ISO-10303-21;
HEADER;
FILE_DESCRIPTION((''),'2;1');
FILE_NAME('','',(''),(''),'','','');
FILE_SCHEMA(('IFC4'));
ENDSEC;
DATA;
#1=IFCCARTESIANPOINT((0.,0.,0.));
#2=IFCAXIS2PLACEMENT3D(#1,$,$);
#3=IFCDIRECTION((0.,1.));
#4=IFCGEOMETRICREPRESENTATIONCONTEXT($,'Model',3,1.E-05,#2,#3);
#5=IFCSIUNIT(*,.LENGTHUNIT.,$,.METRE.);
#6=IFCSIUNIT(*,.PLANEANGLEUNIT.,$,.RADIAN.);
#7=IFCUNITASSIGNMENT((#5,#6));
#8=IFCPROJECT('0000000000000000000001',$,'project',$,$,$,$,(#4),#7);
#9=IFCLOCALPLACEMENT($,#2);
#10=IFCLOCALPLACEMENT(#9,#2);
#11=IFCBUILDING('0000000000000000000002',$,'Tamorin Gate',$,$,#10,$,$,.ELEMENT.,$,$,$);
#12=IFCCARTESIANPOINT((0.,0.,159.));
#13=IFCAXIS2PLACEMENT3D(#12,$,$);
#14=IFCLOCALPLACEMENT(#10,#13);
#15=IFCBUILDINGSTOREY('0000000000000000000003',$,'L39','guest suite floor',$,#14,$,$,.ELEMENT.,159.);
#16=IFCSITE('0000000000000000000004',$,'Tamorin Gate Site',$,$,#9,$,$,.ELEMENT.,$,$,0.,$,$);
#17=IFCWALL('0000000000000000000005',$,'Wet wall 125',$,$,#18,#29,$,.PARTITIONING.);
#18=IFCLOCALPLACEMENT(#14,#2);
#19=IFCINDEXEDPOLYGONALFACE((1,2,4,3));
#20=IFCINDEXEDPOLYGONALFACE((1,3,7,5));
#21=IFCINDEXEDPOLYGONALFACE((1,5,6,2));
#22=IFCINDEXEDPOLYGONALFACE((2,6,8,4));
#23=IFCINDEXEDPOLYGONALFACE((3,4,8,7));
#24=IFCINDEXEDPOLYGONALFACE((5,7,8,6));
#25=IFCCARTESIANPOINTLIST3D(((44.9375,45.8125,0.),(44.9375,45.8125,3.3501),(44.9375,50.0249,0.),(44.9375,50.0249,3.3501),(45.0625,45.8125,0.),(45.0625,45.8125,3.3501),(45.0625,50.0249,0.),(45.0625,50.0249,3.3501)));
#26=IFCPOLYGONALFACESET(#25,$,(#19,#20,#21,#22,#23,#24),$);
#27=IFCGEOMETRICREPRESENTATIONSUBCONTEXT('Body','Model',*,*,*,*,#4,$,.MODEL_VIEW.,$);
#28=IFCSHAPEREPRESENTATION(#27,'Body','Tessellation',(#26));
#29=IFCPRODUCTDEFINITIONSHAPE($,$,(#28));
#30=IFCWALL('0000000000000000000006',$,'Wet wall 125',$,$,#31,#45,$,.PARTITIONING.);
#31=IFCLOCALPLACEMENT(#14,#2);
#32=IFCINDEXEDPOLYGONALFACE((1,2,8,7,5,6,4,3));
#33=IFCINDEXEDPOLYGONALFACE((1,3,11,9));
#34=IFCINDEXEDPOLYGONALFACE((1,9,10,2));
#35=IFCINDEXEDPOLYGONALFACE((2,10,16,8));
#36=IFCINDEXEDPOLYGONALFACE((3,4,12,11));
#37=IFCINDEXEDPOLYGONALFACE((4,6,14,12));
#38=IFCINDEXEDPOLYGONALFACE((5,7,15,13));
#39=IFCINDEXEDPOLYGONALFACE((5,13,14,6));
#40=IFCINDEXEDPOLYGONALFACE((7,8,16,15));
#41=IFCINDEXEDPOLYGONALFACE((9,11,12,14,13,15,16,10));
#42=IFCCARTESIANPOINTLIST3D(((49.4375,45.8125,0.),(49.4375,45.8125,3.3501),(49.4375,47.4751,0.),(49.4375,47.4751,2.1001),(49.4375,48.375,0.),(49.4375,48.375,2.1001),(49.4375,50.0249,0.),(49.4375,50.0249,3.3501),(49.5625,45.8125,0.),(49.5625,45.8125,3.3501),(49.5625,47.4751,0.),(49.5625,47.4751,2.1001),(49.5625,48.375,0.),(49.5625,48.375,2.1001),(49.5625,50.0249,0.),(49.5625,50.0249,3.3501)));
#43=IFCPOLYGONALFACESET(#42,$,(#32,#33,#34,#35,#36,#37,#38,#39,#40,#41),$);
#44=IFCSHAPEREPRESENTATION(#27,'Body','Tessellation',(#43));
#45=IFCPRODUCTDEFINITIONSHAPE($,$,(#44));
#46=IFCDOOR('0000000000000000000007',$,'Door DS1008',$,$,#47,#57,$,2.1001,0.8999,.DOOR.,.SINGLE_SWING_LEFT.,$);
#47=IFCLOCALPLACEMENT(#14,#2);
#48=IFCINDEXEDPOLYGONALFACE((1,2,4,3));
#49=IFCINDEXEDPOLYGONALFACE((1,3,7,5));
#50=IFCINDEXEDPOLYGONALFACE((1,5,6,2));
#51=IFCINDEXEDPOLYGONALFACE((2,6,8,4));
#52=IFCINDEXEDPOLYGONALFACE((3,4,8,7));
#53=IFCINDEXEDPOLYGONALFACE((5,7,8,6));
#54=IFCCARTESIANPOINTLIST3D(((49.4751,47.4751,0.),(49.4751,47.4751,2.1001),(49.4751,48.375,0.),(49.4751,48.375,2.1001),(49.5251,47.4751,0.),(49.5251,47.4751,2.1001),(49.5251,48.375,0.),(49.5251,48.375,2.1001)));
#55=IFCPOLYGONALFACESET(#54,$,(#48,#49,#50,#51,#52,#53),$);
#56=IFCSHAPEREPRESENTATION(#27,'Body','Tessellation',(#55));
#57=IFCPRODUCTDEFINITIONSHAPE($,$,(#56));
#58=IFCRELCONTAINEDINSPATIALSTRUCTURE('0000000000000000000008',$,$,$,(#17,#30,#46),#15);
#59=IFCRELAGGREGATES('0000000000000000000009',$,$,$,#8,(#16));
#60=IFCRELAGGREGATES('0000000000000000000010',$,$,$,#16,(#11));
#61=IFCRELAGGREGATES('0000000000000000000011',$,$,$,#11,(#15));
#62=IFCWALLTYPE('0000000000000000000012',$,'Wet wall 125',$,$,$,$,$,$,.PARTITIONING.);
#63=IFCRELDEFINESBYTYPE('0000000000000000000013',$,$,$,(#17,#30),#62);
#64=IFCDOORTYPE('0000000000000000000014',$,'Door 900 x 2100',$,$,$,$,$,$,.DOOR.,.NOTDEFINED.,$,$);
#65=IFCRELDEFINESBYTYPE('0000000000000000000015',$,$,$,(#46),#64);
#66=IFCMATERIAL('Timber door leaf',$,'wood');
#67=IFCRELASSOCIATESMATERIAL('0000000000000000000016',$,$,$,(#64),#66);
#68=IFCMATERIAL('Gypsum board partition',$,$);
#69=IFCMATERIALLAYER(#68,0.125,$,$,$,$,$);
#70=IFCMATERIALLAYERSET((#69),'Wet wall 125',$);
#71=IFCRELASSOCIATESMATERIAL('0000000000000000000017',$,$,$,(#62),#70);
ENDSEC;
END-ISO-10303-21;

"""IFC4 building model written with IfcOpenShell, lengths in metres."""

from ifc_helpers import new_model, si_unit, direction, frame, frame_2d, origin, place, context, subcontext, project, spatial, rectangle, extrude, material, layer, layer_set, type_object, element, fill, save


model = new_model("IFC4")

# Units and contexts
model_context = context("Model", 3, precision=1e-05, world=origin(), true_north=direction((0.0, 1.0)))
body_context = subcontext(model_context, "Body", "Model", "MODEL_VIEW")
ifc_project = project(units=[si_unit("LENGTHUNIT", "METRE"), si_unit("PLANEANGLEUNIT", "RADIAN")], contexts=[model_context])

# Site, building, storey
site_placement = place(None, origin())
site = spatial("IfcSite", under=ifc_project, at=site_placement, Name="Tamorin Gate Site", CompositionType="ELEMENT", RefElevation=0.0)
building_placement = place(site_placement, origin())
building = spatial("IfcBuilding", under=site, at=building_placement, Name="Tamorin Gate", CompositionType="ELEMENT")
storey_placement = place(building_placement, frame((0.0, 0.0, 159.0)))
storey = spatial("IfcBuildingStorey", under=building, at=storey_placement, Name="L39", Description="guest suite floor", CompositionType="ELEMENT", Elevation=159.0)

# Shared definitions
ifc_material_1 = material(Name="Gypsum board partition")

# Shared definitions
ifc_material_2 = material(Name="Timber door leaf", Category="wood")
door_type = type_object("IfcDoorType", Name="Door 900 x 2100", OperationType="NOTDEFINED", PredefinedType="DOOR", material=ifc_material_2)

# Shared definitions
ifc_layer_1 = layer(ifc_material_1, 0.125)
ifc_layer_set_1 = layer_set([ifc_layer_1], Name="Wet wall 125")
wall_type_1 = type_object("IfcWallType", Name="Wet wall 125", PredefinedType="PARTITIONING", material=ifc_layer_set_1)

# Wall
wall_1_placement = place(storey_placement, frame((45.0, 45.8125, 0.0), z_axis=(0.0, 0.0, 1.0), x_axis=(0.0, 1.0, 0.0)))
element("IfcWall", 1, at=wall_1_placement, inside=storey, type_object=wall_type_1, Name="Wet wall 125", PredefinedType="PARTITIONING", context=body_context, shape_type="SweptSolid", body=[
    extrude(rectangle(XDim=4.2124, YDim=0.125, at=frame_2d((2.1062, 0.0))), origin(), (0.0, 0.0, 1.0), 3.3501),
])

# Wall, opening, door
wall_2_placement = place(storey_placement, frame((49.5, 45.8125, 0.0), z_axis=(0.0, 0.0, 1.0), x_axis=(0.0, 1.0, 0.0)))
wall_2 = element("IfcWall", 2, at=wall_2_placement, inside=storey, type_object=wall_type_1, Name="Wet wall 125", PredefinedType="PARTITIONING", context=body_context, shape_type="SweptSolid", body=[
    extrude(rectangle(XDim=4.2124, YDim=0.125, at=frame_2d((2.1062, 0.0))), origin(), (0.0, 0.0, 1.0), 3.3501),
])
opening_1_placement = place(wall_2_placement, frame((1.6626, 0.0, 0.0)))
opening_1 = element("IfcOpeningElement", 3, at=opening_1_placement, cuts=wall_2, PredefinedType="OPENING", context=body_context, shape_type="SweptSolid", body=[
    extrude(rectangle(XDim=0.8999, YDim=2.1001, at=frame_2d((0.45, 1.05))), frame((0.0, 0.0725, 0.0), z_axis=(0.0, -1.0, 0.0), x_axis=(1.0, 0.0, 0.0)), (0.0, 0.0, 1.0), 0.145),
])
door_1_placement = place(opening_1_placement, origin())
door_1 = element("IfcDoor", 4, at=door_1_placement, inside=storey, type_object=door_type, Name="Door DS1008", OperationType="SINGLE_SWING_LEFT", OverallHeight=2.1001, OverallWidth=0.8999, PredefinedType="DOOR", context=body_context, shape_type="SweptSolid", body=[
    extrude(rectangle(XDim=0.8999, YDim=2.1001, at=frame_2d((0.45, 1.05))), frame((0.0, 0.0249, 0.0), z_axis=(0.0, -1.0, 0.0), x_axis=(1.0, 0.0, 0.0)), (0.0, 0.0, 1.0), 0.05),
])
fill(opening_1, door_1)

save(model, "model.ifc")
